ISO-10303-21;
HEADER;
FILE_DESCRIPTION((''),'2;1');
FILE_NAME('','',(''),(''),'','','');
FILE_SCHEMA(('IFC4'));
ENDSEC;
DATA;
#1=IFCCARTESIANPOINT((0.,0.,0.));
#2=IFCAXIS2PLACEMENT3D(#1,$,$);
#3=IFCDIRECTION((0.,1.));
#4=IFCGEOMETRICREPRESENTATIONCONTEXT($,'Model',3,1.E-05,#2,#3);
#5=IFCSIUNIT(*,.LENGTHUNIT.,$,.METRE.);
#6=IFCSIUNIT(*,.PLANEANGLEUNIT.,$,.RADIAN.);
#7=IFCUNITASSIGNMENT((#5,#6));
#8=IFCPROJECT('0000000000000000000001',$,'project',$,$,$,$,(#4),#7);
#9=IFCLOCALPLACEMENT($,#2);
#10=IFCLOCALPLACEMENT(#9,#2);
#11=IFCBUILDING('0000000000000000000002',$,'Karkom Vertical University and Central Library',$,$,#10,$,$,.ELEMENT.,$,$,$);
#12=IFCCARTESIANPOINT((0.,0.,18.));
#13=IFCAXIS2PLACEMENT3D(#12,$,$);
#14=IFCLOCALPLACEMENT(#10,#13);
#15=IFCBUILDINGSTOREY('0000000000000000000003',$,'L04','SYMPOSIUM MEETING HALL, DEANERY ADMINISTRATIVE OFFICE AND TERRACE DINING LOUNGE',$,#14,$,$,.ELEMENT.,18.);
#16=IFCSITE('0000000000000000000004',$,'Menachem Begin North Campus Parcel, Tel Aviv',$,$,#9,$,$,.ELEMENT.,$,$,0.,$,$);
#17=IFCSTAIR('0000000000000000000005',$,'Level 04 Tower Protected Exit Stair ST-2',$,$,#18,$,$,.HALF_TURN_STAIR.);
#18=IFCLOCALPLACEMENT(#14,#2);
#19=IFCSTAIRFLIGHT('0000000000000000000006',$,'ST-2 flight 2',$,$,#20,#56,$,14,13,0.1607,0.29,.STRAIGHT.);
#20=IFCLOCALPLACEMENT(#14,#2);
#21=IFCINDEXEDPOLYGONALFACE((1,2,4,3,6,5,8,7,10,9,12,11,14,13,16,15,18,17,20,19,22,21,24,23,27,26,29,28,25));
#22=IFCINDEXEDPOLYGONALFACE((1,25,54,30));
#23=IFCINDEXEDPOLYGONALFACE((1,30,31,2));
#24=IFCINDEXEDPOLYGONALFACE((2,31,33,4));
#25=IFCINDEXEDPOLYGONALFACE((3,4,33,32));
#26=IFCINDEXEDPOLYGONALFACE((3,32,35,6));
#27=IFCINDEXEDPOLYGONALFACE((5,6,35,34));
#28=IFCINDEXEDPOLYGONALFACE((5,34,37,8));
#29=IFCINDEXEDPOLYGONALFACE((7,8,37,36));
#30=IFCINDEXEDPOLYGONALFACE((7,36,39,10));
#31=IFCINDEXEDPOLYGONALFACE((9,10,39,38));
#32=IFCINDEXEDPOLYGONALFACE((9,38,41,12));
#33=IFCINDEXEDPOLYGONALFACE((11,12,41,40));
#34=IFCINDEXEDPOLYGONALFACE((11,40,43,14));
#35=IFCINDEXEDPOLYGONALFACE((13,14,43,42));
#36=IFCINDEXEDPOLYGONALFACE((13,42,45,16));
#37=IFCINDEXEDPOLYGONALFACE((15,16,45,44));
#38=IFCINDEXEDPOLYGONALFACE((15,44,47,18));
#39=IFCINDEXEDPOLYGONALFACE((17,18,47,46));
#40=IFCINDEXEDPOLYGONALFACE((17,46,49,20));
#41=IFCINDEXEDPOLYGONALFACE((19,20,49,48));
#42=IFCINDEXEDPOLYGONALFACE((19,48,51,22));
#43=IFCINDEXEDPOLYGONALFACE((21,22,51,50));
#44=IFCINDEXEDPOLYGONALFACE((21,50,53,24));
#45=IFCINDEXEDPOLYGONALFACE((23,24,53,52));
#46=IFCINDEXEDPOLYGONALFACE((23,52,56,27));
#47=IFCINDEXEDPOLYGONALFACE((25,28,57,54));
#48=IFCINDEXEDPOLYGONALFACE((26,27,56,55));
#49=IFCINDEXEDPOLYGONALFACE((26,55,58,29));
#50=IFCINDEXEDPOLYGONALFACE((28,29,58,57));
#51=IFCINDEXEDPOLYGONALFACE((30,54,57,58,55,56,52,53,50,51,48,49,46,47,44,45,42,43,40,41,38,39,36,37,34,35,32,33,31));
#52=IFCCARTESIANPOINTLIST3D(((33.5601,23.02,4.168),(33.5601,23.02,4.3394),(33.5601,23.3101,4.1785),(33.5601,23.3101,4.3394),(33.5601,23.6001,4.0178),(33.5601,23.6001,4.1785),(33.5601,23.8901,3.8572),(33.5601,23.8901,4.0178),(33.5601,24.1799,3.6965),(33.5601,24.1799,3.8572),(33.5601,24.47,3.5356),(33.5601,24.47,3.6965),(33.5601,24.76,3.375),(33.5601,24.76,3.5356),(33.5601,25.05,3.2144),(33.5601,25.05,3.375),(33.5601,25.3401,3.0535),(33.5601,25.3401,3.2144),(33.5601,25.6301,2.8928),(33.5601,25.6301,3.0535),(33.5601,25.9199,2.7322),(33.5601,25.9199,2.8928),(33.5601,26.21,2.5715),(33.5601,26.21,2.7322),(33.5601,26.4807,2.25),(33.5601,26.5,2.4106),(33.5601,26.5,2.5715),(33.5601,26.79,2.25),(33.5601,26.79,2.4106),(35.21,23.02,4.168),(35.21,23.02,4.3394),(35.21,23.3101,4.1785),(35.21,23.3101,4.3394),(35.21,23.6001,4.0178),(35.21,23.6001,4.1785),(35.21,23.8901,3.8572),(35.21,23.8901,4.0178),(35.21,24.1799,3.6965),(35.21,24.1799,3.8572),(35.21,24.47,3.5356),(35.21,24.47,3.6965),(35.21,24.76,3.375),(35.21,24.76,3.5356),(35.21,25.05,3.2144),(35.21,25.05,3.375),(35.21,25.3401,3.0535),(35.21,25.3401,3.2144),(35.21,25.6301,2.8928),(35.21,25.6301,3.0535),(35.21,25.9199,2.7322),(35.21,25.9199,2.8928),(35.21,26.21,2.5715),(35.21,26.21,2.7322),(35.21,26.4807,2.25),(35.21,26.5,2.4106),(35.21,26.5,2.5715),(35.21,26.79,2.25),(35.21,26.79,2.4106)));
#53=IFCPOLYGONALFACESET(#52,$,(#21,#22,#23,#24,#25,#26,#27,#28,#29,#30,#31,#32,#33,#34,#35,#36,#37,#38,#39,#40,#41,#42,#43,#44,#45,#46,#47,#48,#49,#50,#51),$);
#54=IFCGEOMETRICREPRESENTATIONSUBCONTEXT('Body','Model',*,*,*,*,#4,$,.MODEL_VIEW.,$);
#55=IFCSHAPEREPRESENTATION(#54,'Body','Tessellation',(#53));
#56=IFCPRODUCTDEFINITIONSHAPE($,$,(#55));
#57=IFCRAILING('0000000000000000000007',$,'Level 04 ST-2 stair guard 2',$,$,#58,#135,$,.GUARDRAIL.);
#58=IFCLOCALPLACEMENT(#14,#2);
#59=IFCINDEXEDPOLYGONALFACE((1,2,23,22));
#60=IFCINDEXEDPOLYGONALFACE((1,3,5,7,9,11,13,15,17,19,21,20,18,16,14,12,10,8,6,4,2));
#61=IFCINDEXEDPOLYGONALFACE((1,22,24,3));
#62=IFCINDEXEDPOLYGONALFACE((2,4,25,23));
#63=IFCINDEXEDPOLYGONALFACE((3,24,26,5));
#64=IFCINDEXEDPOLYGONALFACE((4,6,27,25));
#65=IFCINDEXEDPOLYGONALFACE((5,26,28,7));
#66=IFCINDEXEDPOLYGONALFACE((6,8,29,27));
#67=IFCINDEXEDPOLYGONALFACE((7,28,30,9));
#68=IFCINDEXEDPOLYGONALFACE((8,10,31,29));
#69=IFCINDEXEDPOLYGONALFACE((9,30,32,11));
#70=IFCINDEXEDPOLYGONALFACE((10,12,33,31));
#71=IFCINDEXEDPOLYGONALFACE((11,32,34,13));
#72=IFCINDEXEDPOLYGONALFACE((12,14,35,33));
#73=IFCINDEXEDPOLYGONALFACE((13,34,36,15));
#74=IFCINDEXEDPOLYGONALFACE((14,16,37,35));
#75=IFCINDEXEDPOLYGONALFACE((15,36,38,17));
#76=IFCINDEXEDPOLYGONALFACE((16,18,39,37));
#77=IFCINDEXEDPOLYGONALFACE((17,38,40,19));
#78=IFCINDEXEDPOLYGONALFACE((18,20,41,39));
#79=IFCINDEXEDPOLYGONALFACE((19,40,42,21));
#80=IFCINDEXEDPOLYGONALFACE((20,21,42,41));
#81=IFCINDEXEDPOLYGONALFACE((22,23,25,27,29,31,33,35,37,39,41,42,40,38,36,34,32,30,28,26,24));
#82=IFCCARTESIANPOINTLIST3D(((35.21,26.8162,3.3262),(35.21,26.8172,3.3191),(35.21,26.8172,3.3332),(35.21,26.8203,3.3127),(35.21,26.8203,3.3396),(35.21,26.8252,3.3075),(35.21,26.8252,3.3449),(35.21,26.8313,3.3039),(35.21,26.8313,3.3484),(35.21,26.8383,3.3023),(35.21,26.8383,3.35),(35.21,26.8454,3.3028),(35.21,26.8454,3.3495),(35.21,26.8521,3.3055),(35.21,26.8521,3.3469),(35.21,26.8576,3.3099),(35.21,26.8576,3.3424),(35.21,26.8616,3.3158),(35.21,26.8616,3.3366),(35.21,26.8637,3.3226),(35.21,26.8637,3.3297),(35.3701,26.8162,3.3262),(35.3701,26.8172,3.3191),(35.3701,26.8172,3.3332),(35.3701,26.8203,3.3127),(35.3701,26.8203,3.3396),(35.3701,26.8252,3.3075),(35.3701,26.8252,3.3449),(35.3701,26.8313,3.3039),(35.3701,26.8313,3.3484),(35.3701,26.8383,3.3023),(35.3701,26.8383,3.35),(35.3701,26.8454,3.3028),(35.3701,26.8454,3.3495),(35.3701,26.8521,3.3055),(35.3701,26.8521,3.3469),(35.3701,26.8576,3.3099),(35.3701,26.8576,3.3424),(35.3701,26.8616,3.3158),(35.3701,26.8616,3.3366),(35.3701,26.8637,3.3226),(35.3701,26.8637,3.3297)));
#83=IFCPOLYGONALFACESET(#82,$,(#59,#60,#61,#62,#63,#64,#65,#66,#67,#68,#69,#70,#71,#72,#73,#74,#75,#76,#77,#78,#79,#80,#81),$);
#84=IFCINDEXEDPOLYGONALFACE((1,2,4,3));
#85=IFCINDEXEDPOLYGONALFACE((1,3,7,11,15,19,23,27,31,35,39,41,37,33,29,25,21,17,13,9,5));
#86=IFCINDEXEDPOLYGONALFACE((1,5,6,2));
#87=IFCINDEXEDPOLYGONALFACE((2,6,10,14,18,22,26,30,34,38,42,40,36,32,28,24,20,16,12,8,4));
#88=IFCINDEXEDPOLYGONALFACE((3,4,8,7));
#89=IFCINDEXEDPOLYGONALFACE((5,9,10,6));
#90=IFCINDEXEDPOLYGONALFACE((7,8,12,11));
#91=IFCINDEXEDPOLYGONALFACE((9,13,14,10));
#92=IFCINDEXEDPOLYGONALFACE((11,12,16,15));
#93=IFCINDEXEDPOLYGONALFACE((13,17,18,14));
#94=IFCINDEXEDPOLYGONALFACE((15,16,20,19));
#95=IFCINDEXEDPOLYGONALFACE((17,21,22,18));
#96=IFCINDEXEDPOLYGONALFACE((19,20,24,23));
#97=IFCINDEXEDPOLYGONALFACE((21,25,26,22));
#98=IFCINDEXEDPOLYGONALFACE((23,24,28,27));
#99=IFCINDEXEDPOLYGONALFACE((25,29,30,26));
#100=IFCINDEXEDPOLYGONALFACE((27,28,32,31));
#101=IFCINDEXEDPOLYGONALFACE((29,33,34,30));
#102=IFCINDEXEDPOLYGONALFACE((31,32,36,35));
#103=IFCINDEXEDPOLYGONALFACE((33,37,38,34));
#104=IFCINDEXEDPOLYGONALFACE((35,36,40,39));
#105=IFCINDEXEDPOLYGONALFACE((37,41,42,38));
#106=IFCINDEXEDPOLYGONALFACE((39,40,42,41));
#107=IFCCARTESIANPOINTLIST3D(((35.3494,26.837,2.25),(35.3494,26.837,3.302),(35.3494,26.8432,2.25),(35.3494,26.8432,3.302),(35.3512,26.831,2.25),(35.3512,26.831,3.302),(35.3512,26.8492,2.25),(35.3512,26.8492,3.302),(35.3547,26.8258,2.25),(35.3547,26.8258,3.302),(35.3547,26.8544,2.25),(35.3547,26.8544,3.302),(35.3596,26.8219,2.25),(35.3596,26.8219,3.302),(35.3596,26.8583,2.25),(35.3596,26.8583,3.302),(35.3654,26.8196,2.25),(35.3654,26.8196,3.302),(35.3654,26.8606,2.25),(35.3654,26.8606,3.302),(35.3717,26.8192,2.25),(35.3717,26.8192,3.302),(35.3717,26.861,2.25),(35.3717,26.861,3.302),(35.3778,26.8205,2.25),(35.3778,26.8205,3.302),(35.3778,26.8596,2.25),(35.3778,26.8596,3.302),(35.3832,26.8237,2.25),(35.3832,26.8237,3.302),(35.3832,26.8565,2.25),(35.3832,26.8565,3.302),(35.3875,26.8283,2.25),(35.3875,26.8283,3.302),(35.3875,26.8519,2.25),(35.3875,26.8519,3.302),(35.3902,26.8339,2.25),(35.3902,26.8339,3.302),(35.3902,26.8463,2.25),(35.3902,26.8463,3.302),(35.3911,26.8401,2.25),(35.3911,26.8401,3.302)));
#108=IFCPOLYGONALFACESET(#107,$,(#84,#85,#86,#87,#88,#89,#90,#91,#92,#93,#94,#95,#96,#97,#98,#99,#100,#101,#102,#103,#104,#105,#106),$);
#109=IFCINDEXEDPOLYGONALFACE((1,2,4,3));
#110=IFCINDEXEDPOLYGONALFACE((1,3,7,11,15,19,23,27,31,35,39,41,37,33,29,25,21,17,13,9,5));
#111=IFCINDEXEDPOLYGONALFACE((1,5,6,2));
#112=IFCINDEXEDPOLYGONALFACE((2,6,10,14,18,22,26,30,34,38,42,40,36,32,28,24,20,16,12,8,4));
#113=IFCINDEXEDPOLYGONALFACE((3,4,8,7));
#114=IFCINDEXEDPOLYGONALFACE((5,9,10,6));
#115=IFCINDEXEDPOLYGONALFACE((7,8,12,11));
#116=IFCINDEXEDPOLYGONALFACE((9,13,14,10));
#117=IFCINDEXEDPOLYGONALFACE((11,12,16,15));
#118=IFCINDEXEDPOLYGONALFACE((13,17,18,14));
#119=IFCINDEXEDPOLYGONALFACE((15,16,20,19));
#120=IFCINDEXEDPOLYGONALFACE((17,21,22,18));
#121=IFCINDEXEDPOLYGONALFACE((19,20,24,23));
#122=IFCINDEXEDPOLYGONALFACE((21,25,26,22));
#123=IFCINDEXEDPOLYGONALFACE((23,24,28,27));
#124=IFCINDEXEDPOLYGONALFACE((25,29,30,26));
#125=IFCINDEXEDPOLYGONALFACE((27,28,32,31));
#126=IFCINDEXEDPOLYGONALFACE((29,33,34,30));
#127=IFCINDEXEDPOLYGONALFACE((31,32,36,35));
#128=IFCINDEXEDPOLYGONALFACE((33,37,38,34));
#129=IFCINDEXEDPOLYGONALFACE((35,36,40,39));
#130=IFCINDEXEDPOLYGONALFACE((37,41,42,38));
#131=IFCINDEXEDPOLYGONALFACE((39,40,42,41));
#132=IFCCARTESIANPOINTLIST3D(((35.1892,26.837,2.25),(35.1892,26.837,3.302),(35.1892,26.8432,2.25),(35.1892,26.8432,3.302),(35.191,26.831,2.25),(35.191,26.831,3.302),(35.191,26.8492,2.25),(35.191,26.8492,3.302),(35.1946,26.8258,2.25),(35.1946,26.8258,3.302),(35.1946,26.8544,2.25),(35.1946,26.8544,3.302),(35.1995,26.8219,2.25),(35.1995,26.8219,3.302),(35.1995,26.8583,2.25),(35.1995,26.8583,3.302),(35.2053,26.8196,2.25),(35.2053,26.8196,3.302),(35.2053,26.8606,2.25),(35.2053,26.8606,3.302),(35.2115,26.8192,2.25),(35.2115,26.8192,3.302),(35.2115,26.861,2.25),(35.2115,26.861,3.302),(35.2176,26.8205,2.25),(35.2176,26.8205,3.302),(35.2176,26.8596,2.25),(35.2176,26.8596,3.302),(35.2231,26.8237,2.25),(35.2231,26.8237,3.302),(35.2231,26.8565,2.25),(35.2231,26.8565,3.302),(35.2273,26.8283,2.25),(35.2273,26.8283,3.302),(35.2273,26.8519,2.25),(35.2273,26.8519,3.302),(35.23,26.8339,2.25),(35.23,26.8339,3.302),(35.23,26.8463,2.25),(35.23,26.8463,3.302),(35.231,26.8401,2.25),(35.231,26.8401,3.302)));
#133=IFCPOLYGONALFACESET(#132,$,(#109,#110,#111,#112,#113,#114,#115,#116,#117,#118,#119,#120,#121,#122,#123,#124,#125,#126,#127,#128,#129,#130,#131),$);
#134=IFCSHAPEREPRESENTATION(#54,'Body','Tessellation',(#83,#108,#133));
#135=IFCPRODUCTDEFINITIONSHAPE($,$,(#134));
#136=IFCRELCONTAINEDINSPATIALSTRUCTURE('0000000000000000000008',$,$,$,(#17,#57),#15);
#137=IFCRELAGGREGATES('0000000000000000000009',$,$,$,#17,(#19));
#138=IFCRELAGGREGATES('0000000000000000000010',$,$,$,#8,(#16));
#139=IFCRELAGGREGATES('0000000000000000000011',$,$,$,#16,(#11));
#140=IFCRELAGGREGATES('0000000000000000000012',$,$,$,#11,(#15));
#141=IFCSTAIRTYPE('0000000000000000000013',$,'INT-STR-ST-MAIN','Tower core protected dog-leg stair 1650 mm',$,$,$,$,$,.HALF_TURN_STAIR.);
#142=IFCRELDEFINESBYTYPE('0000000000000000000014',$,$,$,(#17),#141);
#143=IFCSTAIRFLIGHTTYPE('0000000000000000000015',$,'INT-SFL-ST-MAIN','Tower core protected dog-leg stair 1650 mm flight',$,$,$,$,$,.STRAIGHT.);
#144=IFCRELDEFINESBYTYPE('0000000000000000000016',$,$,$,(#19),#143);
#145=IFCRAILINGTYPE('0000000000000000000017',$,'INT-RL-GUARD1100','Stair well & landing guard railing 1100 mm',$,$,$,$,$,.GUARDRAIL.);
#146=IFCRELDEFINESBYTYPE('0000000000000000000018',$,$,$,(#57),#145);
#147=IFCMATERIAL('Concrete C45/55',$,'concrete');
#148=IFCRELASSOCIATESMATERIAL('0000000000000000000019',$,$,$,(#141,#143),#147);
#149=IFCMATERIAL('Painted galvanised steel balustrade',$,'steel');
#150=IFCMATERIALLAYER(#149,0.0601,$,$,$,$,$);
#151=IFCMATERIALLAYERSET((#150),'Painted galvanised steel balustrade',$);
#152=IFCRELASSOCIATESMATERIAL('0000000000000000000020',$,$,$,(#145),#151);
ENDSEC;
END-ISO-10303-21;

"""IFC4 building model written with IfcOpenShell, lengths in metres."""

from ifc_helpers import new_model, si_unit, direction, frame, origin, origin_2d, place, context, subcontext, project, spatial, polyline, circle, outline, extrude, material, layer, layer_set, type_object, element, aggregate, save


model = new_model("IFC4")

# Units and contexts
model_context = context("Model", 3, precision=1e-05, world=origin(), true_north=direction((0.0, 1.0)))
body_context = subcontext(model_context, "Body", "Model", "MODEL_VIEW")
ifc_project = project(units=[si_unit("LENGTHUNIT", "METRE"), si_unit("PLANEANGLEUNIT", "RADIAN")], contexts=[model_context])

# Site, building, storey
site_placement = place(None, origin())
site = spatial("IfcSite", under=ifc_project, at=site_placement, Name="Menachem Begin North Campus Parcel, Tel Aviv", CompositionType="ELEMENT", RefElevation=0.0)
building_placement = place(site_placement, origin())
building = spatial("IfcBuilding", under=site, at=building_placement, Name="Karkom Vertical University and Central Library", CompositionType="ELEMENT")
storey_placement = place(building_placement, frame((0.0, 0.0, 18.0)))
storey = spatial("IfcBuildingStorey", under=building, at=storey_placement, Name="L04", Description="SYMPOSIUM MEETING HALL, DEANERY ADMINISTRATIVE OFFICE AND TERRACE DINING LOUNGE", CompositionType="ELEMENT", Elevation=18.0)

# Shared definitions
ifc_material_1 = material(Name="Concrete C45/55", Category="concrete")

# Stair, stair flight
stair_type = type_object("IfcStairType", Name="INT-STR-ST-MAIN", Description="Tower core protected dog-leg stair 1650 mm", PredefinedType="HALF_TURN_STAIR", material=ifc_material_1)
stair_placement = place(storey_placement, origin())
stair = element("IfcStair", 1, at=stair_placement, inside=storey, type_object=stair_type, Name="Level 04 Tower Protected Exit Stair ST-2", PredefinedType="HALF_TURN_STAIR")
stair_flight_type = type_object("IfcStairFlightType", Name="INT-SFL-ST-MAIN", Description="Tower core protected dog-leg stair 1650 mm flight", PredefinedType="STRAIGHT", material=ifc_material_1)
stair_flight_placement = place(storey_placement, frame((34.385, 26.79, 2.25), z_axis=(0.0, 0.0, 1.0), x_axis=(0.0, -1.0, 0.0)))
stair_flight = element("IfcStairFlight", 2, at=stair_flight_placement, type_object=stair_flight_type, Name="ST-2 flight 2", NumberOfRisers=14, NumberOfTreads=13, PredefinedType="STRAIGHT", RiserHeight=0.1607, TreadLength=0.29, context=body_context, shape_type="SweptSolid", body=[
    extrude(outline(polyline([(0.0, 0.0), (0.0, 0.1606), (0.29, 0.1606), (0.29, 0.3215), (0.5801, 0.3215), (0.5801, 0.4822), (0.8701, 0.4822), (0.8701, 0.6428), (1.1599, 0.6428), (1.1599, 0.8035), (1.45, 0.8035), (1.45, 0.9644), (1.74, 0.9644), (1.74, 1.125), (2.03, 1.125), (2.03, 1.2856), (2.3201, 1.2856), (2.3201, 1.4465), (2.6101, 1.4465), (2.6101, 1.6072), (2.8999, 1.6072), (2.8999, 1.7678), (3.1899, 1.7678), (3.1899, 1.9285), (3.48, 1.9285), (3.48, 2.0894), (3.77, 2.0894), (3.77, 2.25), (3.77, 1.918), (0.3093, 0.0), (0.0, 0.0)])), frame((0.0, 0.825, 0.0), z_axis=(0.0, -1.0, 0.0), x_axis=(1.0, 0.0, 0.0)), (0.0, 0.0, 1.0), 1.6499),
])
aggregate(stair, [stair_flight])

# Railing
ifc_material_2 = material(Name="Painted galvanised steel balustrade", Category="steel")
ifc_layer_1 = layer(ifc_material_2, 0.0601)
ifc_layer_set_1 = layer_set([ifc_layer_1], Name="Painted galvanised steel balustrade")
railing_type_1 = type_object("IfcRailingType", Name="INT-RL-GUARD1100", Description="Stair well & landing guard railing 1100 mm", PredefinedType="GUARDRAIL", material=ifc_layer_set_1)
railing_1_placement = place(storey_placement, frame((35.3701, 26.8401, 2.25)))
element("IfcRailing", 3, at=railing_1_placement, inside=storey, type_object=railing_type_1, Name="Level 04 ST-2 stair guard 2", PredefinedType="GUARDRAIL", context=body_context, shape_type="SweptSolid", body=[
    extrude(circle(Radius=0.0239, at=origin_2d()), frame((0.0, 0.0, 1.0762), z_axis=(-1.0, 0.0, 0.0), x_axis=(0.0, -1.0, 0.0)), (0.0, 0.0, 1.0), 0.1602),
    extrude(circle(Radius=0.021, at=origin_2d()), origin(), (0.0, 0.0, 1.0), 1.052),
    extrude(circle(Radius=0.021, at=origin_2d()), frame((-0.1602, 0.0, 0.0)), (0.0, 0.0, 1.0), 1.052),
])

save(model, "model.ifc")
